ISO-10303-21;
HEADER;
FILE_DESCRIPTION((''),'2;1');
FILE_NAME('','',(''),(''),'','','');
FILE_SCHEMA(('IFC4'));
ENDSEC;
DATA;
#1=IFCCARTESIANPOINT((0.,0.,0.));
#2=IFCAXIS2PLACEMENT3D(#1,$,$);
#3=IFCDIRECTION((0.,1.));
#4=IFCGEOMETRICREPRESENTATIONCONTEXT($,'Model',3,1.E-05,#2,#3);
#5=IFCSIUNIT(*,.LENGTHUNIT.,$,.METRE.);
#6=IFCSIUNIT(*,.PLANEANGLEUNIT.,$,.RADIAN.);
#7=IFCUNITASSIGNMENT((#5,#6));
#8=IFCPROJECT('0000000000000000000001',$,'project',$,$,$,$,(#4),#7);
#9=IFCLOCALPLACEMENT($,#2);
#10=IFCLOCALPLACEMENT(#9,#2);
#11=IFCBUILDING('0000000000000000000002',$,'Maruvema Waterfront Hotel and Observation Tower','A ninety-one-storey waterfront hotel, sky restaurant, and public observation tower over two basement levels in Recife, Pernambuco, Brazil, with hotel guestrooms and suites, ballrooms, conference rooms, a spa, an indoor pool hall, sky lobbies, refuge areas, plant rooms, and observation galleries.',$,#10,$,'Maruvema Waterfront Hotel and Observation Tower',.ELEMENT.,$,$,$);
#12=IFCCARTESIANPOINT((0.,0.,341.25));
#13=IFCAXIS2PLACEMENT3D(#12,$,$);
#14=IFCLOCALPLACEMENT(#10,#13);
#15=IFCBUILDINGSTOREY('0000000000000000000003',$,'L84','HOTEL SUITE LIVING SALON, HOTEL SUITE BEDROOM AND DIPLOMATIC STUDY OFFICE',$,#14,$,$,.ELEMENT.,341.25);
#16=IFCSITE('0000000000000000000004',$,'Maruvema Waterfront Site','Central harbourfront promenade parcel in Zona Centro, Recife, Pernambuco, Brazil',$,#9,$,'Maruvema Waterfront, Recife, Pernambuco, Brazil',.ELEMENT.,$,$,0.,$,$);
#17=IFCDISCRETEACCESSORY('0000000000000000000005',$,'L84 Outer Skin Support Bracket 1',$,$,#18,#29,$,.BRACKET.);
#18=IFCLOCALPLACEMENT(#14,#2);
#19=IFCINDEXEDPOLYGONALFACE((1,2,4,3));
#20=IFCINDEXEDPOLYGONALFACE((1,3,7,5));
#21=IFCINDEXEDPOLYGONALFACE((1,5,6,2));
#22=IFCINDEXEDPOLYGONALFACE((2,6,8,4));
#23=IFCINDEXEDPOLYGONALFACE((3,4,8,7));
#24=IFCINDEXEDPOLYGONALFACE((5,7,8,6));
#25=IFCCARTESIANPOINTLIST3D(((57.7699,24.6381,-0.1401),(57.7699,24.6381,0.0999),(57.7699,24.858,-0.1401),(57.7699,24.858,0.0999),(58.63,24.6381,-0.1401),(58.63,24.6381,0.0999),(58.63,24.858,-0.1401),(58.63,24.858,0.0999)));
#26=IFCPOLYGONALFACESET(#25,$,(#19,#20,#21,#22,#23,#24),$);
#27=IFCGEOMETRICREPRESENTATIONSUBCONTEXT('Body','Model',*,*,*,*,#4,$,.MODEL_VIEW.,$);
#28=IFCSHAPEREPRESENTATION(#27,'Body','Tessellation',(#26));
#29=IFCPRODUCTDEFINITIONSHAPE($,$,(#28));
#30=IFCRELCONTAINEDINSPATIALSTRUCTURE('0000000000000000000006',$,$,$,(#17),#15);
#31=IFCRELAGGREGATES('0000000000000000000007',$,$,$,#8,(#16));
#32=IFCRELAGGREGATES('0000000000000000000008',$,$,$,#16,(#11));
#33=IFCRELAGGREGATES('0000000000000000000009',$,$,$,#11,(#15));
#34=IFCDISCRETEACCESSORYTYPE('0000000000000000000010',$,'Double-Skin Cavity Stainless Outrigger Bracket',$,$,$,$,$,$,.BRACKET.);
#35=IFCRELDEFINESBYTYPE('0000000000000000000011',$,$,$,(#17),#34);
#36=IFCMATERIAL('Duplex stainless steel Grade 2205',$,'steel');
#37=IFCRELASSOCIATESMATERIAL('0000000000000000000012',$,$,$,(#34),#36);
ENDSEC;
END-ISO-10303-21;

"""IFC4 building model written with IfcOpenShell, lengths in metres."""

from ifc_helpers import new_model, si_unit, direction, frame, origin, origin_2d, place, context, subcontext, project, spatial, rectangle, extrude, material, type_object, element, save


model = new_model("IFC4")

# Units and contexts
model_context = context("Model", 3, precision=1e-05, world=origin(), true_north=direction((0.0, 1.0)))
body_context = subcontext(model_context, "Body", "Model", "MODEL_VIEW")
ifc_project = project(units=[si_unit("LENGTHUNIT", "METRE"), si_unit("PLANEANGLEUNIT", "RADIAN")], contexts=[model_context])

# Site, building, storey
site_placement = place(None, origin())
site = spatial("IfcSite", under=ifc_project, at=site_placement, Name="Maruvema Waterfront Site", Description="Central harbourfront promenade parcel in Zona Centro, Recife, Pernambuco, Brazil", LongName="Maruvema Waterfront, Recife, Pernambuco, Brazil", CompositionType="ELEMENT", RefElevation=0.0)
building_placement = place(site_placement, origin())
building = spatial("IfcBuilding", under=site, at=building_placement, Name="Maruvema Waterfront Hotel and Observation Tower", Description="A ninety-one-storey waterfront hotel, sky restaurant, and public observation tower over two basement levels in Recife, Pernambuco, Brazil, with hotel guestrooms and suites, ballrooms, conference rooms, a spa, an indoor pool hall, sky lobbies, refuge areas, plant rooms, and observation galleries.", LongName="Maruvema Waterfront Hotel and Observation Tower", CompositionType="ELEMENT")
storey_placement = place(building_placement, frame((0.0, 0.0, 341.25)))
storey = spatial("IfcBuildingStorey", under=building, at=storey_placement, Name="L84", Description="HOTEL SUITE LIVING SALON, HOTEL SUITE BEDROOM AND DIPLOMATIC STUDY OFFICE", CompositionType="ELEMENT", Elevation=341.25)

# Discrete accessory
ifc_material_1 = material(Name="Duplex stainless steel Grade 2205", Category="steel")
discrete_accessory_type = type_object("IfcDiscreteAccessoryType", Name="Double-Skin Cavity Stainless Outrigger Bracket", PredefinedType="BRACKET", material=ifc_material_1)
discrete_accessory_placement = place(storey_placement, frame((58.2, 24.748, -0.1401), z_axis=(0.0, 0.0, 1.0), x_axis=(0.0, 1.0, 0.0)))
element("IfcDiscreteAccessory", 1, at=discrete_accessory_placement, inside=storey, type_object=discrete_accessory_type, Name="L84 Outer Skin Support Bracket 1", PredefinedType="BRACKET", context=body_context, shape_type="SweptSolid", body=[
    extrude(rectangle(XDim=0.22, YDim=0.8601, at=origin_2d()), origin(), (0.0, 0.0, 1.0), 0.24),
])

save(model, "model.ifc")
